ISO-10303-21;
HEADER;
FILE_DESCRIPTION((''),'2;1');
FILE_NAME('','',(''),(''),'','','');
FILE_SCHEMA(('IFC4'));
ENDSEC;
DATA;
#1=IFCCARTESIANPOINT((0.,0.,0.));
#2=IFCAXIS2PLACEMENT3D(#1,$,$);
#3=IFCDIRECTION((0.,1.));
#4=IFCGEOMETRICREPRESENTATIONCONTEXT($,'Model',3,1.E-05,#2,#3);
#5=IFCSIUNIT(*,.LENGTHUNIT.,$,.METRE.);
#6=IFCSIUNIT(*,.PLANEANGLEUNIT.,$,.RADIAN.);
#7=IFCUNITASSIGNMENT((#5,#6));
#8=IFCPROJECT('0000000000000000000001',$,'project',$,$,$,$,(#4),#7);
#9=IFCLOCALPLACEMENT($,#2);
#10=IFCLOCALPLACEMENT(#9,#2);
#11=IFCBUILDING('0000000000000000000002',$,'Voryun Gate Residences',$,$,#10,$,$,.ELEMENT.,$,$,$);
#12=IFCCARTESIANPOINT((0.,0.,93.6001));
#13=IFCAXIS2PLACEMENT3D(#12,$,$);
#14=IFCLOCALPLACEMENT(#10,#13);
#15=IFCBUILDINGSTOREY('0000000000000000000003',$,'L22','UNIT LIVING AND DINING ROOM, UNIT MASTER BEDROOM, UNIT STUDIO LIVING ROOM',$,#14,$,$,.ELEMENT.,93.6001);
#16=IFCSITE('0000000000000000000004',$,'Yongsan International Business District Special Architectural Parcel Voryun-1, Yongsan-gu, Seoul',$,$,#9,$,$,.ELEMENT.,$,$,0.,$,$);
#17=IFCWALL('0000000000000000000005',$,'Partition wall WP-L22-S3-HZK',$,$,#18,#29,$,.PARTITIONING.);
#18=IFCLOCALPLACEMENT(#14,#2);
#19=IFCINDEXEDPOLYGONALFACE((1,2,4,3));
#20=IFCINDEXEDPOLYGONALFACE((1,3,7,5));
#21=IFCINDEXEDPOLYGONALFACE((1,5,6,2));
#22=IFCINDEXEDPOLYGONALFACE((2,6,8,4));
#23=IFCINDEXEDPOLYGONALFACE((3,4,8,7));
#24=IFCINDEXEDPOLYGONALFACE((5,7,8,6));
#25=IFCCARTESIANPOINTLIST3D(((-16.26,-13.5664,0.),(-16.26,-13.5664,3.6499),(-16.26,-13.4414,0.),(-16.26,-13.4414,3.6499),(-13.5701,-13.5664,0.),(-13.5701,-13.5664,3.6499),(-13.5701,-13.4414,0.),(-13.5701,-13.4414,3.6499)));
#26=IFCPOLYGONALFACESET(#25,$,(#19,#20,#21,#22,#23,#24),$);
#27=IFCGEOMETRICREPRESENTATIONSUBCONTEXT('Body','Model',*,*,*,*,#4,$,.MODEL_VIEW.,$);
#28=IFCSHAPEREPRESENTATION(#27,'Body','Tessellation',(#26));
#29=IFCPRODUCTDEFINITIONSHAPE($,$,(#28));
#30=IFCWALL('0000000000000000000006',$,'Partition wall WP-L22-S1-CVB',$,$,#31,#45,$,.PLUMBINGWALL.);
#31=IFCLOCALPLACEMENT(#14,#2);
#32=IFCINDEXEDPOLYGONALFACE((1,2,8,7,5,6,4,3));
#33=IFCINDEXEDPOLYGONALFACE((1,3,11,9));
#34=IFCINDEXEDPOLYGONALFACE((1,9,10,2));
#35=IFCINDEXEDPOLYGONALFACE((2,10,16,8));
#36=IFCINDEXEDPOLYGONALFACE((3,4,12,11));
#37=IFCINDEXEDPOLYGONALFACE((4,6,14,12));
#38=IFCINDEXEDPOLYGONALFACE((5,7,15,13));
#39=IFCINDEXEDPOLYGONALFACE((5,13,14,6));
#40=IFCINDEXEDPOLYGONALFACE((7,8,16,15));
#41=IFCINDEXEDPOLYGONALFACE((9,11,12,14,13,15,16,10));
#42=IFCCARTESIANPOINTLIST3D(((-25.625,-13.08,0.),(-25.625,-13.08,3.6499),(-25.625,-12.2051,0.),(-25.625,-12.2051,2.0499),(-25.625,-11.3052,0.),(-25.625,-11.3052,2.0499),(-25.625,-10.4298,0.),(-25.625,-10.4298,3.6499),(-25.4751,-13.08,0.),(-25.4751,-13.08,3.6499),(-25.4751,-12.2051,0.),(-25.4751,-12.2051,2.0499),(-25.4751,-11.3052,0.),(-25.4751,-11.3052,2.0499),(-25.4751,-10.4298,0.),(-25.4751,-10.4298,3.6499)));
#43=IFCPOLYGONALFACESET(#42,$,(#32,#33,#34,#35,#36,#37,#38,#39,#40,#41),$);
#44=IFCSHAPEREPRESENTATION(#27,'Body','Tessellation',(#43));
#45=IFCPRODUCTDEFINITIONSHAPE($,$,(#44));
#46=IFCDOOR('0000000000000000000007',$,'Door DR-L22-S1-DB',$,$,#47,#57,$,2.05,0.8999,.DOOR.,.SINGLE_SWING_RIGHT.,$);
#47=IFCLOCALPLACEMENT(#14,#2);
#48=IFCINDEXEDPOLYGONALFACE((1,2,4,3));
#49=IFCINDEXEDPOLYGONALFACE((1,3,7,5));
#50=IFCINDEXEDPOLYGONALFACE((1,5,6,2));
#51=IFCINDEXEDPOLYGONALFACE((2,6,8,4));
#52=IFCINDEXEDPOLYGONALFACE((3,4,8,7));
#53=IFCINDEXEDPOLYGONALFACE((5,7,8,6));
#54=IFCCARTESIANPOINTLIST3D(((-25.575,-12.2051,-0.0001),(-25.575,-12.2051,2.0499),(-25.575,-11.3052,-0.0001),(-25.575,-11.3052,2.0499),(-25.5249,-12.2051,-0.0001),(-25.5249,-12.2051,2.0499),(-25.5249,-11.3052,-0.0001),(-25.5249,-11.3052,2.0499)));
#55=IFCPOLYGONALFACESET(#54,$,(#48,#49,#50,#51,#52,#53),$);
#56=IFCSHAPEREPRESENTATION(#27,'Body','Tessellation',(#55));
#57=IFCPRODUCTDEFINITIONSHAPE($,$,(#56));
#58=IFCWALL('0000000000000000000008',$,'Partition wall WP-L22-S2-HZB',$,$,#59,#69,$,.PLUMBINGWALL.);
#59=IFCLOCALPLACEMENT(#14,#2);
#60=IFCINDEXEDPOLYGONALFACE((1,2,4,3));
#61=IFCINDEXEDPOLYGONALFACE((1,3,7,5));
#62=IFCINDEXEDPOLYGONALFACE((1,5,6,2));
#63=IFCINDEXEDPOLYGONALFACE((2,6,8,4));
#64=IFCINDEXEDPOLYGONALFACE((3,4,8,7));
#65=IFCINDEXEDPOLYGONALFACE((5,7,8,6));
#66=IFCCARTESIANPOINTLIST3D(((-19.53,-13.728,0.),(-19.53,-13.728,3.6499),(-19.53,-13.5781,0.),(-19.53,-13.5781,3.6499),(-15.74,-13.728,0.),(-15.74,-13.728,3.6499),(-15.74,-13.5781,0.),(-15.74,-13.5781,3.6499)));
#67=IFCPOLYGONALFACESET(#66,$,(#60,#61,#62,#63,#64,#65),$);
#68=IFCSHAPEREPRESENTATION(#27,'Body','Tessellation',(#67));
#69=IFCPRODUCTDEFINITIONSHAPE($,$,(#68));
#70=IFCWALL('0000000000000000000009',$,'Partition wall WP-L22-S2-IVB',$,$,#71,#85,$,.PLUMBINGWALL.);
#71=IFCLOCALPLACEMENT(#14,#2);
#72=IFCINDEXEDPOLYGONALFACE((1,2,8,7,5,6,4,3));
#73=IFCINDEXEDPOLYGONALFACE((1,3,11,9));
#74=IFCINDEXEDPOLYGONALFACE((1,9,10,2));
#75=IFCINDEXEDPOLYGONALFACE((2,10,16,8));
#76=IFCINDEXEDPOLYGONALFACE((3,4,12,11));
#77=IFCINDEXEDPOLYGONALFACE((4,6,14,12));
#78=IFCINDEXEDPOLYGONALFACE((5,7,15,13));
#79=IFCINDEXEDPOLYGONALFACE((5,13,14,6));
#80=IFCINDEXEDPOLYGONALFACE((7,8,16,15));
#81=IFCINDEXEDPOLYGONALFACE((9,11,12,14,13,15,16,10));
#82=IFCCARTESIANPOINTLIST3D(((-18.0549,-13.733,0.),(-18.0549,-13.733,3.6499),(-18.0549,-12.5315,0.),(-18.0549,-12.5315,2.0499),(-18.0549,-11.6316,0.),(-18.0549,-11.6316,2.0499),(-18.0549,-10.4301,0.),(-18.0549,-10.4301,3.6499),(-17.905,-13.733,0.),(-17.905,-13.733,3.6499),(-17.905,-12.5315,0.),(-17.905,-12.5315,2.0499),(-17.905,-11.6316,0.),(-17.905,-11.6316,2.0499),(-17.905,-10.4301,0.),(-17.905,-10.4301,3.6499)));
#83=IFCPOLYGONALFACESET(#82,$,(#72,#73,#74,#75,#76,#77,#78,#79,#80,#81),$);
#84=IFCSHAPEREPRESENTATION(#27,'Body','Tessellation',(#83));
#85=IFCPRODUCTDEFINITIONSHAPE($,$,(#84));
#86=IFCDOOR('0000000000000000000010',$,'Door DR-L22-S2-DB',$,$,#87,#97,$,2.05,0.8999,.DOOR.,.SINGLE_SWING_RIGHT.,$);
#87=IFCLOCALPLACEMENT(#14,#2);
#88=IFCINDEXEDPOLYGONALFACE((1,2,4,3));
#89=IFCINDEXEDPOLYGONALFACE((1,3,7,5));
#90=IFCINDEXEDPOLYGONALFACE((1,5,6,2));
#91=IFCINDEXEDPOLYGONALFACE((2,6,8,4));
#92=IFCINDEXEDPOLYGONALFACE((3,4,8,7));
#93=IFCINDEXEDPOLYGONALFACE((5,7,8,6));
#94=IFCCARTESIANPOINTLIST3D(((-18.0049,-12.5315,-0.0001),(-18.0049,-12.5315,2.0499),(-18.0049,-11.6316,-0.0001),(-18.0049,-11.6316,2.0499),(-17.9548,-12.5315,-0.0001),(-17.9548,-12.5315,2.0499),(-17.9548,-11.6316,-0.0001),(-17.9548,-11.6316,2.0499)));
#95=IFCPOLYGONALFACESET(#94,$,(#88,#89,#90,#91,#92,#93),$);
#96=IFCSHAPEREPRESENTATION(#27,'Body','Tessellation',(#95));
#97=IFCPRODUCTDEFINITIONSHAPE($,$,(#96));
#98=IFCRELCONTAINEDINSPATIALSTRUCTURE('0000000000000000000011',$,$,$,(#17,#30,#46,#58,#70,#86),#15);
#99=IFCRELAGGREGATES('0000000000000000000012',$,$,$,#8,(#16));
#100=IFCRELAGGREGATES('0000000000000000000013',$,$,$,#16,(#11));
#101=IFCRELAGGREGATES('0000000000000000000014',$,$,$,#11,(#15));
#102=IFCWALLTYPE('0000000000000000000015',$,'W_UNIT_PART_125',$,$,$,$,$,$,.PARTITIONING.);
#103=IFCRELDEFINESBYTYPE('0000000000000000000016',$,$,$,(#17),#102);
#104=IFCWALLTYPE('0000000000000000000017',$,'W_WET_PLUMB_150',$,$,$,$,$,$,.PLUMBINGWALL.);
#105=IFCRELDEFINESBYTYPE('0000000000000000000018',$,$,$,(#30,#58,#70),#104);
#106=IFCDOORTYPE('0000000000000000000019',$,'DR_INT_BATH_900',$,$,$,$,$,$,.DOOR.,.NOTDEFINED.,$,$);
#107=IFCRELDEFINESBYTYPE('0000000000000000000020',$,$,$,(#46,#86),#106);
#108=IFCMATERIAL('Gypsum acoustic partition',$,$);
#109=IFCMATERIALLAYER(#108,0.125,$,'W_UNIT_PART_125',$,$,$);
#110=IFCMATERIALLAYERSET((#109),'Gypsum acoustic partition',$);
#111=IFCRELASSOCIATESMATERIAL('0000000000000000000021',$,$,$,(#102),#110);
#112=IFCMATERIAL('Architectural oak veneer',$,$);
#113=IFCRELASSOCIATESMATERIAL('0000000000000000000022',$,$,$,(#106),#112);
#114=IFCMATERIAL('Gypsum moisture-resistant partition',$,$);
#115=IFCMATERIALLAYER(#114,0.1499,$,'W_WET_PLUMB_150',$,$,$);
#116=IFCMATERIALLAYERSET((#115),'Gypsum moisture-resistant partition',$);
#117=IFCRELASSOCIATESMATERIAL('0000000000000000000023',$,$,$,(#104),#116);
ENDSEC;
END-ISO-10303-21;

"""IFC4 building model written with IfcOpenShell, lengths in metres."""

from ifc_helpers import new_model, si_unit, direction, frame, frame_2d, origin, place, context, subcontext, project, spatial, rectangle, extrude, material, layer, layer_set, type_object, element, fill, save


model = new_model("IFC4")

# Units and contexts
model_context = context("Model", 3, precision=1e-05, world=origin(), true_north=direction((0.0, 1.0)))
body_context = subcontext(model_context, "Body", "Model", "MODEL_VIEW")
ifc_project = project(units=[si_unit("LENGTHUNIT", "METRE"), si_unit("PLANEANGLEUNIT", "RADIAN")], contexts=[model_context])

# Site, building, storey
site_placement = place(None, origin())
site = spatial("IfcSite", under=ifc_project, at=site_placement, Name="Yongsan International Business District Special Architectural Parcel Voryun-1, Yongsan-gu, Seoul", CompositionType="ELEMENT", RefElevation=0.0)
building_placement = place(site_placement, origin())
building = spatial("IfcBuilding", under=site, at=building_placement, Name="Voryun Gate Residences", CompositionType="ELEMENT")
storey_placement = place(building_placement, frame((0.0, 0.0, 93.6001)))
storey = spatial("IfcBuildingStorey", under=building, at=storey_placement, Name="L22", Description="UNIT LIVING AND DINING ROOM, UNIT MASTER BEDROOM, UNIT STUDIO LIVING ROOM", CompositionType="ELEMENT", Elevation=93.6001)

# Shared definitions
ifc_material_1 = material(Name="Gypsum acoustic partition")
ifc_layer_1 = layer(ifc_material_1, 0.125, Name="W_UNIT_PART_125")
ifc_layer_set_1 = layer_set([ifc_layer_1], Name="Gypsum acoustic partition")
wall_type_1 = type_object("IfcWallType", Name="W_UNIT_PART_125", PredefinedType="PARTITIONING", material=ifc_layer_set_1)
ifc_material_2 = material(Name="Architectural oak veneer")
door_type_1 = type_object("IfcDoorType", Name="DR_INT_BATH_900", OperationType="NOTDEFINED", PredefinedType="DOOR", material=ifc_material_2)

# Wall
wall_1_placement = place(storey_placement, frame((-16.26, -13.5039, 0.0), z_axis=(0.0, 0.0, 1.0), x_axis=(1.0, 0.0, 0.0)))
element("IfcWall", 1, at=wall_1_placement, inside=storey, type_object=wall_type_1, Name="Partition wall WP-L22-S3-HZK", PredefinedType="PARTITIONING", context=body_context, shape_type="SweptSolid", body=[
    extrude(rectangle(XDim=2.6899, YDim=0.125, at=frame_2d((1.345, 0.0))), origin(), (0.0, 0.0, 1.0), 3.6499),
])

# Wall, opening, door
ifc_material_3 = material(Name="Gypsum moisture-resistant partition")
ifc_layer_2 = layer(ifc_material_3, 0.1499, Name="W_WET_PLUMB_150")
ifc_layer_set_2 = layer_set([ifc_layer_2], Name="Gypsum moisture-resistant partition")
wall_type_2 = type_object("IfcWallType", Name="W_WET_PLUMB_150", PredefinedType="PLUMBINGWALL", material=ifc_layer_set_2)
wall_2_placement = place(storey_placement, frame((-25.55, -13.0801, 0.0), z_axis=(0.0, 0.0, 1.0), x_axis=(0.0, 1.0, 0.0)))
wall_2 = element("IfcWall", 2, at=wall_2_placement, inside=storey, type_object=wall_type_2, Name="Partition wall WP-L22-S1-CVB", PredefinedType="PLUMBINGWALL", context=body_context, shape_type="SweptSolid", body=[
    extrude(rectangle(XDim=2.6501, YDim=0.1499, at=frame_2d((1.3252, 0.0))), origin(), (0.0, 0.0, 1.0), 3.6499),
])
opening_1_placement = place(wall_2_placement, frame((0.875, 0.0, 0.0)))
opening_1 = element("IfcOpeningElement", 3, at=opening_1_placement, cuts=wall_2, PredefinedType="OPENING", context=body_context, shape_type="SweptSolid", body=[
    extrude(rectangle(XDim=0.8999, YDim=2.05, at=frame_2d((0.45, 1.0249))), frame((0.0, 0.085, 0.0), z_axis=(0.0, -1.0, 0.0), x_axis=(1.0, 0.0, 0.0)), (0.0, 0.0, 1.0), 0.1699),
])
door_1_placement = place(opening_1_placement, origin())
door_1 = element("IfcDoor", 4, at=door_1_placement, inside=storey, type_object=door_type_1, Name="Door DR-L22-S1-DB", OperationType="SINGLE_SWING_RIGHT", OverallHeight=2.05, OverallWidth=0.8999, PredefinedType="DOOR", context=body_context, shape_type="SweptSolid", body=[
    extrude(rectangle(XDim=0.8999, YDim=2.05, at=frame_2d((0.45, 1.0249))), frame((0.0, 0.0249, 0.0), z_axis=(0.0, -1.0, 0.0), x_axis=(1.0, 0.0, 0.0)), (0.0, 0.0, 1.0), 0.05),
])
fill(opening_1, door_1)

# Wall
wall_3_placement = place(storey_placement, frame((-19.53, -13.6531, 0.0), z_axis=(0.0, 0.0, 1.0), x_axis=(1.0, 0.0, 0.0)))
element("IfcWall", 5, at=wall_3_placement, inside=storey, type_object=wall_type_2, Name="Partition wall WP-L22-S2-HZB", PredefinedType="PLUMBINGWALL", context=body_context, shape_type="SweptSolid", body=[
    extrude(rectangle(XDim=3.79, YDim=0.1499, at=frame_2d((1.895, 0.0))), origin(), (0.0, 0.0, 1.0), 3.6499),
])

# Wall, opening, door
wall_4_placement = place(storey_placement, frame((-17.98, -13.7329, 0.0), z_axis=(0.0, 0.0, 1.0), x_axis=(0.0, 1.0, 0.0)))
wall_4 = element("IfcWall", 6, at=wall_4_placement, inside=storey, type_object=wall_type_2, Name="Partition wall WP-L22-S2-IVB", PredefinedType="PLUMBINGWALL", context=body_context, shape_type="SweptSolid", body=[
    extrude(rectangle(XDim=3.303, YDim=0.1499, at=frame_2d((1.6514, 0.0))), origin(), (0.0, 0.0, 1.0), 3.6499),
])
opening_2_placement = place(wall_4_placement, frame((1.2014, 0.0, 0.0)))
opening_2 = element("IfcOpeningElement", 7, at=opening_2_placement, cuts=wall_4, PredefinedType="OPENING", context=body_context, shape_type="SweptSolid", body=[
    extrude(rectangle(XDim=0.8999, YDim=2.05, at=frame_2d((0.45, 1.0249))), frame((0.0, 0.085, 0.0), z_axis=(0.0, -1.0, 0.0), x_axis=(1.0, 0.0, 0.0)), (0.0, 0.0, 1.0), 0.1699),
])
door_2_placement = place(opening_2_placement, origin())
door_2 = element("IfcDoor", 8, at=door_2_placement, inside=storey, type_object=door_type_1, Name="Door DR-L22-S2-DB", OperationType="SINGLE_SWING_RIGHT", OverallHeight=2.05, OverallWidth=0.8999, PredefinedType="DOOR", context=body_context, shape_type="SweptSolid", body=[
    extrude(rectangle(XDim=0.8999, YDim=2.05, at=frame_2d((0.45, 1.0249))), frame((0.0, 0.0249, 0.0), z_axis=(0.0, -1.0, 0.0), x_axis=(1.0, 0.0, 0.0)), (0.0, 0.0, 1.0), 0.05),
])
fill(opening_2, door_2)

save(model, "model.ifc")
